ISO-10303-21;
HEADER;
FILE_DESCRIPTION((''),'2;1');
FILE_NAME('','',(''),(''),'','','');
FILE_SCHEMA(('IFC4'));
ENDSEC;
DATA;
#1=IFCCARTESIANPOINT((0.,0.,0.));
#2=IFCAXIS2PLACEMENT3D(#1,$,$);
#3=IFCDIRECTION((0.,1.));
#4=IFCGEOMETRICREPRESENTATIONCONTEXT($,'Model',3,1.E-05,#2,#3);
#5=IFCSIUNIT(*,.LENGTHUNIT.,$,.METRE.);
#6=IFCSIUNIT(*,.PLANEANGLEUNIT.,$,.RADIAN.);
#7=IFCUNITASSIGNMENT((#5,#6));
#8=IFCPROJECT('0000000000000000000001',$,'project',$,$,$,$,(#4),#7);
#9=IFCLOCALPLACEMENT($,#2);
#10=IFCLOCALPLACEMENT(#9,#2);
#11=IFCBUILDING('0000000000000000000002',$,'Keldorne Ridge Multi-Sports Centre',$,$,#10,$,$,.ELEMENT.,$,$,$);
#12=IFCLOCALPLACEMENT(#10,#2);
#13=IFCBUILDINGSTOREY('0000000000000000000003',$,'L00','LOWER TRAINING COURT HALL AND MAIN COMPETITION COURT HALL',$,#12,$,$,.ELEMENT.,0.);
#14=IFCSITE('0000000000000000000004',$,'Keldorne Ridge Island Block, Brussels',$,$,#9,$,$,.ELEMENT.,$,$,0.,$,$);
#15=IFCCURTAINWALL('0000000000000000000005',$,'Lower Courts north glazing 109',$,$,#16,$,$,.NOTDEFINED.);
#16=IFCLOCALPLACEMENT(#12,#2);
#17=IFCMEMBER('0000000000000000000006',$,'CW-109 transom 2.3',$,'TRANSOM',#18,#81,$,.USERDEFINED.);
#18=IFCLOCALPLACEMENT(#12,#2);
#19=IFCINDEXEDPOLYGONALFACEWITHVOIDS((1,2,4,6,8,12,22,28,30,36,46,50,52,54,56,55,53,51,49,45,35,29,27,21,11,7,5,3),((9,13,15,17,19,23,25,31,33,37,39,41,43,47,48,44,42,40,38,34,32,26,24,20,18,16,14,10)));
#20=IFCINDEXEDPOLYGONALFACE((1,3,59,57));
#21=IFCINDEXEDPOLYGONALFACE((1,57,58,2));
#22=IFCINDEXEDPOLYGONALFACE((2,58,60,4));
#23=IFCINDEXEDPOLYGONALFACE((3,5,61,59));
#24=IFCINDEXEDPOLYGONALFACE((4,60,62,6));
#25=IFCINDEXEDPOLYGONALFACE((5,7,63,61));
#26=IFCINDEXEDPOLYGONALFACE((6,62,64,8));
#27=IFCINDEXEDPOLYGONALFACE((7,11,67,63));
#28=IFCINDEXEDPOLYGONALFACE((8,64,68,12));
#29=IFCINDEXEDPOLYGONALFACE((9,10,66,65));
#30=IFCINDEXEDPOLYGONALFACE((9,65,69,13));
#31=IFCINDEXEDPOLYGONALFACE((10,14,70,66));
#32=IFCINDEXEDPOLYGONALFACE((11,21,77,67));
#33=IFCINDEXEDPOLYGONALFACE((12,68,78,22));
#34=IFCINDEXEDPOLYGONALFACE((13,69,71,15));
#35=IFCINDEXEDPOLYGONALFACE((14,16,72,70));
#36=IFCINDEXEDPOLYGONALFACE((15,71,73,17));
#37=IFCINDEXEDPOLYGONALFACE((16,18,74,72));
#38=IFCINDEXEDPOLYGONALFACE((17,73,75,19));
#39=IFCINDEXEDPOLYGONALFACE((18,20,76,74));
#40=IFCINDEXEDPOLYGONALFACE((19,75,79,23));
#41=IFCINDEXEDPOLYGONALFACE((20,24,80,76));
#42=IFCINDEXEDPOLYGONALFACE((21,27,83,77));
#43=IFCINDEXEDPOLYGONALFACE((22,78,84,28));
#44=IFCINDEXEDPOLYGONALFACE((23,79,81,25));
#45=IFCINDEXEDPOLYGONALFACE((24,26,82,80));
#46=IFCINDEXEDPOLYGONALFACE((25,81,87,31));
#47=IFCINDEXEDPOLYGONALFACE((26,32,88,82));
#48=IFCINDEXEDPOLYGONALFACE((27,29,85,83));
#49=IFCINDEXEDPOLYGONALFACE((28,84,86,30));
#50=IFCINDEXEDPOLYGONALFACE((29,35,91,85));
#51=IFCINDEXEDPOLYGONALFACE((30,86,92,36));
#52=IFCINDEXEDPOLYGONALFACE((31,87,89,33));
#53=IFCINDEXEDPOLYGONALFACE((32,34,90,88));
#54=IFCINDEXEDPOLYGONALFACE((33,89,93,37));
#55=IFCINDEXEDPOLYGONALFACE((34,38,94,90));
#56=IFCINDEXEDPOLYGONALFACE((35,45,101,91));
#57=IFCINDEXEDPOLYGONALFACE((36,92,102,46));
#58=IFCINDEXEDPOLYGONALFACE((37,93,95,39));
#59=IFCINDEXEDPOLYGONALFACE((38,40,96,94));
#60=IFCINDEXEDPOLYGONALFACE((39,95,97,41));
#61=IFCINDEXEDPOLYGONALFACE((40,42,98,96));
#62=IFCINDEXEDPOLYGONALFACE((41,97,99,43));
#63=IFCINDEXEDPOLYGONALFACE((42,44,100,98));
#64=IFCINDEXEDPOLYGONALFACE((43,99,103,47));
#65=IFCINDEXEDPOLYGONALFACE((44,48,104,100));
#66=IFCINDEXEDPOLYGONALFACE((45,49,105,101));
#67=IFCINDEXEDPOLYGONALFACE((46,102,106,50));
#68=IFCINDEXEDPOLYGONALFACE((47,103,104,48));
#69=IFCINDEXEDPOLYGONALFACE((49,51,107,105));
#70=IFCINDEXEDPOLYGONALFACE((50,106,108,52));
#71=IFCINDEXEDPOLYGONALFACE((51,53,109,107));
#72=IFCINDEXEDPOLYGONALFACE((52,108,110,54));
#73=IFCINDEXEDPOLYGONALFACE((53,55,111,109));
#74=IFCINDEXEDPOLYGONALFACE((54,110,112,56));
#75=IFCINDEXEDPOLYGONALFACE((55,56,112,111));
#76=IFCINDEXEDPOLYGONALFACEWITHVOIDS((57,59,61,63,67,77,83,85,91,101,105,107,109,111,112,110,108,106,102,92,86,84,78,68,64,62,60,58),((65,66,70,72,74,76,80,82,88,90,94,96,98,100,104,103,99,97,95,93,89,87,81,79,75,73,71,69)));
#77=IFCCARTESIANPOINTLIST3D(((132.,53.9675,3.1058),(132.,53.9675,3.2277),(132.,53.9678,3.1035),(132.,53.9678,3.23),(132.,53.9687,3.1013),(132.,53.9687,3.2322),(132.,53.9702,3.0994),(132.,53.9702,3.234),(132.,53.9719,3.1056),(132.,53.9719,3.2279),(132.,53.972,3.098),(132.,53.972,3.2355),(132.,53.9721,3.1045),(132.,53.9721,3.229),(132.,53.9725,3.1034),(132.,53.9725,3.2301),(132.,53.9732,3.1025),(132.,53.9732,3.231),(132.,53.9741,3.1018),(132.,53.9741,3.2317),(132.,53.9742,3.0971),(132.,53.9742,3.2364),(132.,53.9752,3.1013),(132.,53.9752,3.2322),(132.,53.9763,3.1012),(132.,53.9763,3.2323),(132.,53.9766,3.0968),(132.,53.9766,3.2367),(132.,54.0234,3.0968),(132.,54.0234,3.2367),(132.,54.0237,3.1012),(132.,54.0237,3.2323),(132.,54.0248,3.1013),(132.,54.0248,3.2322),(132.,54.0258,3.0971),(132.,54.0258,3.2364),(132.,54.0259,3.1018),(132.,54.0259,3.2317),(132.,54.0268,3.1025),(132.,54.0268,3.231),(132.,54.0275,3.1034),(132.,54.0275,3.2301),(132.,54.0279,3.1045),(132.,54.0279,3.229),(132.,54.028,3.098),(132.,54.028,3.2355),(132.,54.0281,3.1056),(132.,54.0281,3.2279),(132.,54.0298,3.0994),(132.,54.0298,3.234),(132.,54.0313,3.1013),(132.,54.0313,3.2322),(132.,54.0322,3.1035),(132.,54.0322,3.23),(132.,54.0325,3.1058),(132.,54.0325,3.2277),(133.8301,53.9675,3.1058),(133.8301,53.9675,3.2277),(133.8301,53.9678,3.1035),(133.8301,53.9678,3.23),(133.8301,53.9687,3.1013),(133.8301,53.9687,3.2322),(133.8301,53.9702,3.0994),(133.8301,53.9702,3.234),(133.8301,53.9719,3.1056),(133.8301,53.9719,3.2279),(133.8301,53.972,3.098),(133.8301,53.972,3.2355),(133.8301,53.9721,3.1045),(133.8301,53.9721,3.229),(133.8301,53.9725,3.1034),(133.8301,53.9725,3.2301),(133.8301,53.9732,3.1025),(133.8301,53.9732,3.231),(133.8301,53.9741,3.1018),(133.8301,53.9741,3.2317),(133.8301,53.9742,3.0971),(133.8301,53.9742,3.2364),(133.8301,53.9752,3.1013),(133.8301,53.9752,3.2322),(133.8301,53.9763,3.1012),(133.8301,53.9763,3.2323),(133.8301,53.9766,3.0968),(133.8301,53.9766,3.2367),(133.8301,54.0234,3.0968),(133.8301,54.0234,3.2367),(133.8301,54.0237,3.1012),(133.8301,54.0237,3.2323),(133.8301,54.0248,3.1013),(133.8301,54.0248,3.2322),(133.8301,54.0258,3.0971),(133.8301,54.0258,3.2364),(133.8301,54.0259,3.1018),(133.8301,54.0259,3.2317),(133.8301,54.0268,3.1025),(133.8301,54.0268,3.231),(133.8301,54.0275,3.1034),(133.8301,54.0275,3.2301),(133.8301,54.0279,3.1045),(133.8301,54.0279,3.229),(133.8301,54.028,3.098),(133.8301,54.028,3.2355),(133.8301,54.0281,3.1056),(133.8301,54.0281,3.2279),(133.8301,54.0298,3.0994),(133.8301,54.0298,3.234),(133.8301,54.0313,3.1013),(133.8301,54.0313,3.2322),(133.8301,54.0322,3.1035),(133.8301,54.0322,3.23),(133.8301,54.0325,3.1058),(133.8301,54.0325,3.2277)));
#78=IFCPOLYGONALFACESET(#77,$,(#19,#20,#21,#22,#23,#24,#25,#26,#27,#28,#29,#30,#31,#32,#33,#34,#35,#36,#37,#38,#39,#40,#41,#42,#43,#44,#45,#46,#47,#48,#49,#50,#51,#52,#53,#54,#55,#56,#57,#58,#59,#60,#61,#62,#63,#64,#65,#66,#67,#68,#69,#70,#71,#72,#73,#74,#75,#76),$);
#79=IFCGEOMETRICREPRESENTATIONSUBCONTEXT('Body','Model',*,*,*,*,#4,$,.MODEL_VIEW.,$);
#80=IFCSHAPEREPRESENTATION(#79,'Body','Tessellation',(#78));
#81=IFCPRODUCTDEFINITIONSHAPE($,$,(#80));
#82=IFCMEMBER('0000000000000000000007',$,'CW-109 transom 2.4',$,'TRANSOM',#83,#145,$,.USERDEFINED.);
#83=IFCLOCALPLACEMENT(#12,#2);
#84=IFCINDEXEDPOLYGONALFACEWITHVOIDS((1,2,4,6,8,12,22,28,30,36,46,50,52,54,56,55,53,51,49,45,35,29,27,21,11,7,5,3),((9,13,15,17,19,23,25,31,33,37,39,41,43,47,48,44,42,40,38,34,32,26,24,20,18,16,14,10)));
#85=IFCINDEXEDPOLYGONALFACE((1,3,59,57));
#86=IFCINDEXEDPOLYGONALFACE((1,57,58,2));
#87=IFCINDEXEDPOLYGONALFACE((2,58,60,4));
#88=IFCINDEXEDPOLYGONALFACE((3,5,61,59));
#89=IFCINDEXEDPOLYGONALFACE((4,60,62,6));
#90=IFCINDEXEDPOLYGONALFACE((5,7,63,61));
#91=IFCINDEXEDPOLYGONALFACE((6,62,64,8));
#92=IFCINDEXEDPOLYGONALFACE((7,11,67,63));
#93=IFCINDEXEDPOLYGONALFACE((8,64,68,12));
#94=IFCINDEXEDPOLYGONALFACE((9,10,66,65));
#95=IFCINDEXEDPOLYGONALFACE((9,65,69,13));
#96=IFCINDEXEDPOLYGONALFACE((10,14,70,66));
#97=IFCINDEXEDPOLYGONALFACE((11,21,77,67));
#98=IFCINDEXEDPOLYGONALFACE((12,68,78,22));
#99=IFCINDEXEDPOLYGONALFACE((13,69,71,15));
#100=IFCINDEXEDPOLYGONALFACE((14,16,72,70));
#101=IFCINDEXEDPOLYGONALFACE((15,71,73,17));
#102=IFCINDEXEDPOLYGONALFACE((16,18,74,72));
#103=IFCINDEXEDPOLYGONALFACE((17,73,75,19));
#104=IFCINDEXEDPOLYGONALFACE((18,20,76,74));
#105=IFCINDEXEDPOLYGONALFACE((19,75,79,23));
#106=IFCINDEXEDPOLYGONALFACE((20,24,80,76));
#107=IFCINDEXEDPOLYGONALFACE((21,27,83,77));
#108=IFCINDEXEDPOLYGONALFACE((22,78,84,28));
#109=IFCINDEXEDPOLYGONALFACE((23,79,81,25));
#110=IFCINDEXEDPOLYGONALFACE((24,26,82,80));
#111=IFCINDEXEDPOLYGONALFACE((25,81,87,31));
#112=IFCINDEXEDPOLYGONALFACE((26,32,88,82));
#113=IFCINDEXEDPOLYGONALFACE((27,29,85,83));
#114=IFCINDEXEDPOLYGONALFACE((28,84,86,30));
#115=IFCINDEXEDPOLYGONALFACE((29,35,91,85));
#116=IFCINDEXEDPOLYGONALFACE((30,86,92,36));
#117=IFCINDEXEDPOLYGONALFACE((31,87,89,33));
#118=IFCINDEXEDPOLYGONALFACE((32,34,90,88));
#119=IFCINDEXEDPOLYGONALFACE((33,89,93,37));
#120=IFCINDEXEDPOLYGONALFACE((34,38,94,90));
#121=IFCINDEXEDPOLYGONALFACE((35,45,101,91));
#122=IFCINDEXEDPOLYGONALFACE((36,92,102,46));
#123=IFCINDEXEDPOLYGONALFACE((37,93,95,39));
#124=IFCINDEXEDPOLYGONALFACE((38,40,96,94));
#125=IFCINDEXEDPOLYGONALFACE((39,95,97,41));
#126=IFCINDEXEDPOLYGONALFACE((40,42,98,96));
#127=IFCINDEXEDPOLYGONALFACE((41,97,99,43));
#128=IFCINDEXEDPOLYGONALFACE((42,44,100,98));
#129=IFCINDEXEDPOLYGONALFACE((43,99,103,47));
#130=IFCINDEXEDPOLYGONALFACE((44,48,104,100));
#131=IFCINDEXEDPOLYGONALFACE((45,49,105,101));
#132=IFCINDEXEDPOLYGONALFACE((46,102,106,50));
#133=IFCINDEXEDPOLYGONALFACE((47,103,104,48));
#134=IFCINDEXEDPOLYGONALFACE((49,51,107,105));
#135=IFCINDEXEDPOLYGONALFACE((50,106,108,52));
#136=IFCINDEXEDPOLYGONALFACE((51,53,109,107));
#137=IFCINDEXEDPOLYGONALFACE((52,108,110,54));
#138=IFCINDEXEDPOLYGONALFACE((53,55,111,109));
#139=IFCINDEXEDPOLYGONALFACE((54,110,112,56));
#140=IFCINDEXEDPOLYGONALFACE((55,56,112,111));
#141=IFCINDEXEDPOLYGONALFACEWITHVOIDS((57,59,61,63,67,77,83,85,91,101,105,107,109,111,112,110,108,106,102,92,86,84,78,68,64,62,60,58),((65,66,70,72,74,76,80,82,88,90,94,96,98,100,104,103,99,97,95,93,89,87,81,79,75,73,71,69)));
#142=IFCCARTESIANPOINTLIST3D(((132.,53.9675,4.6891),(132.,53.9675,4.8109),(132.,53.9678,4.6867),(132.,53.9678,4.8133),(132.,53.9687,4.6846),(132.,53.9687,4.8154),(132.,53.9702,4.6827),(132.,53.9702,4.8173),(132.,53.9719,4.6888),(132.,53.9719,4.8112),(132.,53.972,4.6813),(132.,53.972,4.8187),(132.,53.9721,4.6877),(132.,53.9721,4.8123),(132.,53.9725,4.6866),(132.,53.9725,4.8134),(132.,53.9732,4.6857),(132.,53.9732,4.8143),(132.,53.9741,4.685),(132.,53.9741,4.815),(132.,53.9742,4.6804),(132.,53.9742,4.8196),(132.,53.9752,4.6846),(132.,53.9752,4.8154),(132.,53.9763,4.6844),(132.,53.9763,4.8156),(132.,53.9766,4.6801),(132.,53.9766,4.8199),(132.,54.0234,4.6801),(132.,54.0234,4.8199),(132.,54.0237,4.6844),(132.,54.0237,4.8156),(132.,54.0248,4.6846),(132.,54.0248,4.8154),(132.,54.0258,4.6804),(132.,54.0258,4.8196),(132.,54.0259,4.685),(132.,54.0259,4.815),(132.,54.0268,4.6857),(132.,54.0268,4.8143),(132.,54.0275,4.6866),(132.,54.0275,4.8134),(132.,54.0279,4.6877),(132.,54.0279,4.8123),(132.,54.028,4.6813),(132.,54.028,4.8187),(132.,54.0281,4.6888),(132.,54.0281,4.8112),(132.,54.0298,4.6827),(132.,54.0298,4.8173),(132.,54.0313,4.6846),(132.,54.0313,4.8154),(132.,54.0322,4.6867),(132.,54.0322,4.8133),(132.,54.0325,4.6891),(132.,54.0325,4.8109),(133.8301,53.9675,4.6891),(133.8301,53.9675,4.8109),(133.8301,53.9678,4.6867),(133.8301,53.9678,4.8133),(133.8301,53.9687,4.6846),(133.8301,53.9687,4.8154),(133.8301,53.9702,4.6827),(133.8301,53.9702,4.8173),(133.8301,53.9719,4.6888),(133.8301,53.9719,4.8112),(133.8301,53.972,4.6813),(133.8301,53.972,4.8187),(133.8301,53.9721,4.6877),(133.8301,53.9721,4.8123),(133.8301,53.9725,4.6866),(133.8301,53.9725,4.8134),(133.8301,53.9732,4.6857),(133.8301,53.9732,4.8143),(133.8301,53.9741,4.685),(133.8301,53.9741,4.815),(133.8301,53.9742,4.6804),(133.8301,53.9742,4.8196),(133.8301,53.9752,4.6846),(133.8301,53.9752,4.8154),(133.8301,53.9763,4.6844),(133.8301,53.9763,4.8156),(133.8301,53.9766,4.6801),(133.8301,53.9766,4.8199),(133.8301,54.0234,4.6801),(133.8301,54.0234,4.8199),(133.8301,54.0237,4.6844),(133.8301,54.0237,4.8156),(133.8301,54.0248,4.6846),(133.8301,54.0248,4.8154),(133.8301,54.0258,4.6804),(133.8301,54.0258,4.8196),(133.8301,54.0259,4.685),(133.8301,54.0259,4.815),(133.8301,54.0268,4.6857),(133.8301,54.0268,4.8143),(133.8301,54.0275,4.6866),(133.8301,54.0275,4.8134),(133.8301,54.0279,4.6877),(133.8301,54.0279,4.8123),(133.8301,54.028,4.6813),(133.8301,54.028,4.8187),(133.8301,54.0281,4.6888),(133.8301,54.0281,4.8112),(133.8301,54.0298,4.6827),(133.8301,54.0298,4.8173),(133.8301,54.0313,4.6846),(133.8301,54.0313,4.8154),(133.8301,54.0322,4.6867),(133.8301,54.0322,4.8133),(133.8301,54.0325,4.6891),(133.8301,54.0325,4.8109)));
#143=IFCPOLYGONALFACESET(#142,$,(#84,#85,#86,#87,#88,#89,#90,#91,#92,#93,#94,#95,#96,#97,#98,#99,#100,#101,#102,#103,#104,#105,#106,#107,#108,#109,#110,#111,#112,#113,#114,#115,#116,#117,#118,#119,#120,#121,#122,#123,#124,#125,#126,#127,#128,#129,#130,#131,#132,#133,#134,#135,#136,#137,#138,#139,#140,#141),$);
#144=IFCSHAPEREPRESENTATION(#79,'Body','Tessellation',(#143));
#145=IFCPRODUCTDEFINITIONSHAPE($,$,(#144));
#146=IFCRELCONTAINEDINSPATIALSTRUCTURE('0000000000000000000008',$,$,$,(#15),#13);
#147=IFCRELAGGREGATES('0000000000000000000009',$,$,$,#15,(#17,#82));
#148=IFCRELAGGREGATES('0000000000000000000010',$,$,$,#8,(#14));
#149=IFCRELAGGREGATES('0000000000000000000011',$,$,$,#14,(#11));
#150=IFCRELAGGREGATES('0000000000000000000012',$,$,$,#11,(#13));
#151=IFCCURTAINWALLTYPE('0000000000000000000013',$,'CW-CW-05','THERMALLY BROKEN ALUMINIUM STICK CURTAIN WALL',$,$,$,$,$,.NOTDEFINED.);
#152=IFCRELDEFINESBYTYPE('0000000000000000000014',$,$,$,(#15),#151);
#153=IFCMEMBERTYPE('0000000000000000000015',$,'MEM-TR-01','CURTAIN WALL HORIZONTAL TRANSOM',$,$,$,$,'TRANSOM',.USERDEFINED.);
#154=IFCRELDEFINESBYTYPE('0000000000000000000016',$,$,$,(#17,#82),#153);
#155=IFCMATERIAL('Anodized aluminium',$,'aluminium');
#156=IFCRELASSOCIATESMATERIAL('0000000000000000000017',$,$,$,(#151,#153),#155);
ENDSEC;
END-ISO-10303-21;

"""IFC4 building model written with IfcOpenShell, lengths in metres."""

from ifc_helpers import new_model, si_unit, direction, frame, origin, origin_2d, place, context, subcontext, project, spatial, hollow_rectangle, extrude, material, material_profile, profile_set, type_object, element, aggregate, save


model = new_model("IFC4")

# Units and contexts
model_context = context("Model", 3, precision=1e-05, world=origin(), true_north=direction((0.0, 1.0)))
body_context = subcontext(model_context, "Body", "Model", "MODEL_VIEW")
ifc_project = project(units=[si_unit("LENGTHUNIT", "METRE"), si_unit("PLANEANGLEUNIT", "RADIAN")], contexts=[model_context])

# Site, building, storey
site_placement = place(None, origin())
site = spatial("IfcSite", under=ifc_project, at=site_placement, Name="Keldorne Ridge Island Block, Brussels", CompositionType="ELEMENT", RefElevation=0.0)
building_placement = place(site_placement, origin())
building = spatial("IfcBuilding", under=site, at=building_placement, Name="Keldorne Ridge Multi-Sports Centre", CompositionType="ELEMENT")
storey_placement = place(building_placement, origin())
storey = spatial("IfcBuildingStorey", under=building, at=storey_placement, Name="L00", Description="LOWER TRAINING COURT HALL AND MAIN COMPETITION COURT HALL", CompositionType="ELEMENT", Elevation=0.0)

# Curtain wall
ifc_material_1 = material(Name="Anodized aluminium", Category="aluminium")
curtain_wall_type_1 = type_object("IfcCurtainWallType", Name="CW-CW-05", Description="THERMALLY BROKEN ALUMINIUM STICK CURTAIN WALL", PredefinedType="NOTDEFINED", material=ifc_material_1)
curtain_wall_1_placement = place(storey_placement, origin())
curtain_wall_1 = element("IfcCurtainWall", 1, at=curtain_wall_1_placement, inside=storey, type_object=curtain_wall_type_1, Name="Lower Courts north glazing 109", PredefinedType="NOTDEFINED")

# Members
ifc_material_profile_1 = material_profile(ifc_material_1, hollow_rectangle(XDim=0.0649, YDim=0.1399, WallThickness=0.0044, InnerFilletRadius=0.0044, OuterFilletRadius=0.009, at=origin_2d()), Name="ALU TRANSOM 140x65x4.5")
ifc_profile_set_1 = profile_set([ifc_material_profile_1], Name="Anodized aluminium")
member_type_1 = type_object("IfcMemberType", Name="MEM-TR-01", Description="CURTAIN WALL HORIZONTAL TRANSOM", ElementType="TRANSOM", PredefinedType="USERDEFINED", material=ifc_profile_set_1)
member_1_placement = place(storey_placement, frame((133.8301, 54.0, 3.1667), z_axis=(-1.0, 0.0, 0.0), x_axis=(0.0, -1.0, 0.0)))
member_1 = element("IfcMember", 2, at=member_1_placement, type_object=member_type_1, Name="CW-109 transom 2.3", ObjectType="TRANSOM", PredefinedType="USERDEFINED", context=body_context, shape_type="SweptSolid", body=[
    extrude(hollow_rectangle(XDim=0.0649, YDim=0.1399, WallThickness=0.0044, InnerFilletRadius=0.0044, OuterFilletRadius=0.009, at=origin_2d()), origin(), (0.0, 0.0, 1.0), 1.8301),
])
member_2_placement = place(storey_placement, frame((133.8301, 54.0, 4.75), z_axis=(-1.0, 0.0, 0.0), x_axis=(0.0, -1.0, 0.0)))
member_2 = element("IfcMember", 3, at=member_2_placement, type_object=member_type_1, Name="CW-109 transom 2.4", ObjectType="TRANSOM", PredefinedType="USERDEFINED", context=body_context, shape_type="SweptSolid", body=[
    extrude(hollow_rectangle(XDim=0.0649, YDim=0.1399, WallThickness=0.0044, InnerFilletRadius=0.0044, OuterFilletRadius=0.009, at=origin_2d()), origin(), (0.0, 0.0, 1.0), 1.8301),
])

aggregate(curtain_wall_1, [member_1, member_2])

save(model, "model.ifc")
